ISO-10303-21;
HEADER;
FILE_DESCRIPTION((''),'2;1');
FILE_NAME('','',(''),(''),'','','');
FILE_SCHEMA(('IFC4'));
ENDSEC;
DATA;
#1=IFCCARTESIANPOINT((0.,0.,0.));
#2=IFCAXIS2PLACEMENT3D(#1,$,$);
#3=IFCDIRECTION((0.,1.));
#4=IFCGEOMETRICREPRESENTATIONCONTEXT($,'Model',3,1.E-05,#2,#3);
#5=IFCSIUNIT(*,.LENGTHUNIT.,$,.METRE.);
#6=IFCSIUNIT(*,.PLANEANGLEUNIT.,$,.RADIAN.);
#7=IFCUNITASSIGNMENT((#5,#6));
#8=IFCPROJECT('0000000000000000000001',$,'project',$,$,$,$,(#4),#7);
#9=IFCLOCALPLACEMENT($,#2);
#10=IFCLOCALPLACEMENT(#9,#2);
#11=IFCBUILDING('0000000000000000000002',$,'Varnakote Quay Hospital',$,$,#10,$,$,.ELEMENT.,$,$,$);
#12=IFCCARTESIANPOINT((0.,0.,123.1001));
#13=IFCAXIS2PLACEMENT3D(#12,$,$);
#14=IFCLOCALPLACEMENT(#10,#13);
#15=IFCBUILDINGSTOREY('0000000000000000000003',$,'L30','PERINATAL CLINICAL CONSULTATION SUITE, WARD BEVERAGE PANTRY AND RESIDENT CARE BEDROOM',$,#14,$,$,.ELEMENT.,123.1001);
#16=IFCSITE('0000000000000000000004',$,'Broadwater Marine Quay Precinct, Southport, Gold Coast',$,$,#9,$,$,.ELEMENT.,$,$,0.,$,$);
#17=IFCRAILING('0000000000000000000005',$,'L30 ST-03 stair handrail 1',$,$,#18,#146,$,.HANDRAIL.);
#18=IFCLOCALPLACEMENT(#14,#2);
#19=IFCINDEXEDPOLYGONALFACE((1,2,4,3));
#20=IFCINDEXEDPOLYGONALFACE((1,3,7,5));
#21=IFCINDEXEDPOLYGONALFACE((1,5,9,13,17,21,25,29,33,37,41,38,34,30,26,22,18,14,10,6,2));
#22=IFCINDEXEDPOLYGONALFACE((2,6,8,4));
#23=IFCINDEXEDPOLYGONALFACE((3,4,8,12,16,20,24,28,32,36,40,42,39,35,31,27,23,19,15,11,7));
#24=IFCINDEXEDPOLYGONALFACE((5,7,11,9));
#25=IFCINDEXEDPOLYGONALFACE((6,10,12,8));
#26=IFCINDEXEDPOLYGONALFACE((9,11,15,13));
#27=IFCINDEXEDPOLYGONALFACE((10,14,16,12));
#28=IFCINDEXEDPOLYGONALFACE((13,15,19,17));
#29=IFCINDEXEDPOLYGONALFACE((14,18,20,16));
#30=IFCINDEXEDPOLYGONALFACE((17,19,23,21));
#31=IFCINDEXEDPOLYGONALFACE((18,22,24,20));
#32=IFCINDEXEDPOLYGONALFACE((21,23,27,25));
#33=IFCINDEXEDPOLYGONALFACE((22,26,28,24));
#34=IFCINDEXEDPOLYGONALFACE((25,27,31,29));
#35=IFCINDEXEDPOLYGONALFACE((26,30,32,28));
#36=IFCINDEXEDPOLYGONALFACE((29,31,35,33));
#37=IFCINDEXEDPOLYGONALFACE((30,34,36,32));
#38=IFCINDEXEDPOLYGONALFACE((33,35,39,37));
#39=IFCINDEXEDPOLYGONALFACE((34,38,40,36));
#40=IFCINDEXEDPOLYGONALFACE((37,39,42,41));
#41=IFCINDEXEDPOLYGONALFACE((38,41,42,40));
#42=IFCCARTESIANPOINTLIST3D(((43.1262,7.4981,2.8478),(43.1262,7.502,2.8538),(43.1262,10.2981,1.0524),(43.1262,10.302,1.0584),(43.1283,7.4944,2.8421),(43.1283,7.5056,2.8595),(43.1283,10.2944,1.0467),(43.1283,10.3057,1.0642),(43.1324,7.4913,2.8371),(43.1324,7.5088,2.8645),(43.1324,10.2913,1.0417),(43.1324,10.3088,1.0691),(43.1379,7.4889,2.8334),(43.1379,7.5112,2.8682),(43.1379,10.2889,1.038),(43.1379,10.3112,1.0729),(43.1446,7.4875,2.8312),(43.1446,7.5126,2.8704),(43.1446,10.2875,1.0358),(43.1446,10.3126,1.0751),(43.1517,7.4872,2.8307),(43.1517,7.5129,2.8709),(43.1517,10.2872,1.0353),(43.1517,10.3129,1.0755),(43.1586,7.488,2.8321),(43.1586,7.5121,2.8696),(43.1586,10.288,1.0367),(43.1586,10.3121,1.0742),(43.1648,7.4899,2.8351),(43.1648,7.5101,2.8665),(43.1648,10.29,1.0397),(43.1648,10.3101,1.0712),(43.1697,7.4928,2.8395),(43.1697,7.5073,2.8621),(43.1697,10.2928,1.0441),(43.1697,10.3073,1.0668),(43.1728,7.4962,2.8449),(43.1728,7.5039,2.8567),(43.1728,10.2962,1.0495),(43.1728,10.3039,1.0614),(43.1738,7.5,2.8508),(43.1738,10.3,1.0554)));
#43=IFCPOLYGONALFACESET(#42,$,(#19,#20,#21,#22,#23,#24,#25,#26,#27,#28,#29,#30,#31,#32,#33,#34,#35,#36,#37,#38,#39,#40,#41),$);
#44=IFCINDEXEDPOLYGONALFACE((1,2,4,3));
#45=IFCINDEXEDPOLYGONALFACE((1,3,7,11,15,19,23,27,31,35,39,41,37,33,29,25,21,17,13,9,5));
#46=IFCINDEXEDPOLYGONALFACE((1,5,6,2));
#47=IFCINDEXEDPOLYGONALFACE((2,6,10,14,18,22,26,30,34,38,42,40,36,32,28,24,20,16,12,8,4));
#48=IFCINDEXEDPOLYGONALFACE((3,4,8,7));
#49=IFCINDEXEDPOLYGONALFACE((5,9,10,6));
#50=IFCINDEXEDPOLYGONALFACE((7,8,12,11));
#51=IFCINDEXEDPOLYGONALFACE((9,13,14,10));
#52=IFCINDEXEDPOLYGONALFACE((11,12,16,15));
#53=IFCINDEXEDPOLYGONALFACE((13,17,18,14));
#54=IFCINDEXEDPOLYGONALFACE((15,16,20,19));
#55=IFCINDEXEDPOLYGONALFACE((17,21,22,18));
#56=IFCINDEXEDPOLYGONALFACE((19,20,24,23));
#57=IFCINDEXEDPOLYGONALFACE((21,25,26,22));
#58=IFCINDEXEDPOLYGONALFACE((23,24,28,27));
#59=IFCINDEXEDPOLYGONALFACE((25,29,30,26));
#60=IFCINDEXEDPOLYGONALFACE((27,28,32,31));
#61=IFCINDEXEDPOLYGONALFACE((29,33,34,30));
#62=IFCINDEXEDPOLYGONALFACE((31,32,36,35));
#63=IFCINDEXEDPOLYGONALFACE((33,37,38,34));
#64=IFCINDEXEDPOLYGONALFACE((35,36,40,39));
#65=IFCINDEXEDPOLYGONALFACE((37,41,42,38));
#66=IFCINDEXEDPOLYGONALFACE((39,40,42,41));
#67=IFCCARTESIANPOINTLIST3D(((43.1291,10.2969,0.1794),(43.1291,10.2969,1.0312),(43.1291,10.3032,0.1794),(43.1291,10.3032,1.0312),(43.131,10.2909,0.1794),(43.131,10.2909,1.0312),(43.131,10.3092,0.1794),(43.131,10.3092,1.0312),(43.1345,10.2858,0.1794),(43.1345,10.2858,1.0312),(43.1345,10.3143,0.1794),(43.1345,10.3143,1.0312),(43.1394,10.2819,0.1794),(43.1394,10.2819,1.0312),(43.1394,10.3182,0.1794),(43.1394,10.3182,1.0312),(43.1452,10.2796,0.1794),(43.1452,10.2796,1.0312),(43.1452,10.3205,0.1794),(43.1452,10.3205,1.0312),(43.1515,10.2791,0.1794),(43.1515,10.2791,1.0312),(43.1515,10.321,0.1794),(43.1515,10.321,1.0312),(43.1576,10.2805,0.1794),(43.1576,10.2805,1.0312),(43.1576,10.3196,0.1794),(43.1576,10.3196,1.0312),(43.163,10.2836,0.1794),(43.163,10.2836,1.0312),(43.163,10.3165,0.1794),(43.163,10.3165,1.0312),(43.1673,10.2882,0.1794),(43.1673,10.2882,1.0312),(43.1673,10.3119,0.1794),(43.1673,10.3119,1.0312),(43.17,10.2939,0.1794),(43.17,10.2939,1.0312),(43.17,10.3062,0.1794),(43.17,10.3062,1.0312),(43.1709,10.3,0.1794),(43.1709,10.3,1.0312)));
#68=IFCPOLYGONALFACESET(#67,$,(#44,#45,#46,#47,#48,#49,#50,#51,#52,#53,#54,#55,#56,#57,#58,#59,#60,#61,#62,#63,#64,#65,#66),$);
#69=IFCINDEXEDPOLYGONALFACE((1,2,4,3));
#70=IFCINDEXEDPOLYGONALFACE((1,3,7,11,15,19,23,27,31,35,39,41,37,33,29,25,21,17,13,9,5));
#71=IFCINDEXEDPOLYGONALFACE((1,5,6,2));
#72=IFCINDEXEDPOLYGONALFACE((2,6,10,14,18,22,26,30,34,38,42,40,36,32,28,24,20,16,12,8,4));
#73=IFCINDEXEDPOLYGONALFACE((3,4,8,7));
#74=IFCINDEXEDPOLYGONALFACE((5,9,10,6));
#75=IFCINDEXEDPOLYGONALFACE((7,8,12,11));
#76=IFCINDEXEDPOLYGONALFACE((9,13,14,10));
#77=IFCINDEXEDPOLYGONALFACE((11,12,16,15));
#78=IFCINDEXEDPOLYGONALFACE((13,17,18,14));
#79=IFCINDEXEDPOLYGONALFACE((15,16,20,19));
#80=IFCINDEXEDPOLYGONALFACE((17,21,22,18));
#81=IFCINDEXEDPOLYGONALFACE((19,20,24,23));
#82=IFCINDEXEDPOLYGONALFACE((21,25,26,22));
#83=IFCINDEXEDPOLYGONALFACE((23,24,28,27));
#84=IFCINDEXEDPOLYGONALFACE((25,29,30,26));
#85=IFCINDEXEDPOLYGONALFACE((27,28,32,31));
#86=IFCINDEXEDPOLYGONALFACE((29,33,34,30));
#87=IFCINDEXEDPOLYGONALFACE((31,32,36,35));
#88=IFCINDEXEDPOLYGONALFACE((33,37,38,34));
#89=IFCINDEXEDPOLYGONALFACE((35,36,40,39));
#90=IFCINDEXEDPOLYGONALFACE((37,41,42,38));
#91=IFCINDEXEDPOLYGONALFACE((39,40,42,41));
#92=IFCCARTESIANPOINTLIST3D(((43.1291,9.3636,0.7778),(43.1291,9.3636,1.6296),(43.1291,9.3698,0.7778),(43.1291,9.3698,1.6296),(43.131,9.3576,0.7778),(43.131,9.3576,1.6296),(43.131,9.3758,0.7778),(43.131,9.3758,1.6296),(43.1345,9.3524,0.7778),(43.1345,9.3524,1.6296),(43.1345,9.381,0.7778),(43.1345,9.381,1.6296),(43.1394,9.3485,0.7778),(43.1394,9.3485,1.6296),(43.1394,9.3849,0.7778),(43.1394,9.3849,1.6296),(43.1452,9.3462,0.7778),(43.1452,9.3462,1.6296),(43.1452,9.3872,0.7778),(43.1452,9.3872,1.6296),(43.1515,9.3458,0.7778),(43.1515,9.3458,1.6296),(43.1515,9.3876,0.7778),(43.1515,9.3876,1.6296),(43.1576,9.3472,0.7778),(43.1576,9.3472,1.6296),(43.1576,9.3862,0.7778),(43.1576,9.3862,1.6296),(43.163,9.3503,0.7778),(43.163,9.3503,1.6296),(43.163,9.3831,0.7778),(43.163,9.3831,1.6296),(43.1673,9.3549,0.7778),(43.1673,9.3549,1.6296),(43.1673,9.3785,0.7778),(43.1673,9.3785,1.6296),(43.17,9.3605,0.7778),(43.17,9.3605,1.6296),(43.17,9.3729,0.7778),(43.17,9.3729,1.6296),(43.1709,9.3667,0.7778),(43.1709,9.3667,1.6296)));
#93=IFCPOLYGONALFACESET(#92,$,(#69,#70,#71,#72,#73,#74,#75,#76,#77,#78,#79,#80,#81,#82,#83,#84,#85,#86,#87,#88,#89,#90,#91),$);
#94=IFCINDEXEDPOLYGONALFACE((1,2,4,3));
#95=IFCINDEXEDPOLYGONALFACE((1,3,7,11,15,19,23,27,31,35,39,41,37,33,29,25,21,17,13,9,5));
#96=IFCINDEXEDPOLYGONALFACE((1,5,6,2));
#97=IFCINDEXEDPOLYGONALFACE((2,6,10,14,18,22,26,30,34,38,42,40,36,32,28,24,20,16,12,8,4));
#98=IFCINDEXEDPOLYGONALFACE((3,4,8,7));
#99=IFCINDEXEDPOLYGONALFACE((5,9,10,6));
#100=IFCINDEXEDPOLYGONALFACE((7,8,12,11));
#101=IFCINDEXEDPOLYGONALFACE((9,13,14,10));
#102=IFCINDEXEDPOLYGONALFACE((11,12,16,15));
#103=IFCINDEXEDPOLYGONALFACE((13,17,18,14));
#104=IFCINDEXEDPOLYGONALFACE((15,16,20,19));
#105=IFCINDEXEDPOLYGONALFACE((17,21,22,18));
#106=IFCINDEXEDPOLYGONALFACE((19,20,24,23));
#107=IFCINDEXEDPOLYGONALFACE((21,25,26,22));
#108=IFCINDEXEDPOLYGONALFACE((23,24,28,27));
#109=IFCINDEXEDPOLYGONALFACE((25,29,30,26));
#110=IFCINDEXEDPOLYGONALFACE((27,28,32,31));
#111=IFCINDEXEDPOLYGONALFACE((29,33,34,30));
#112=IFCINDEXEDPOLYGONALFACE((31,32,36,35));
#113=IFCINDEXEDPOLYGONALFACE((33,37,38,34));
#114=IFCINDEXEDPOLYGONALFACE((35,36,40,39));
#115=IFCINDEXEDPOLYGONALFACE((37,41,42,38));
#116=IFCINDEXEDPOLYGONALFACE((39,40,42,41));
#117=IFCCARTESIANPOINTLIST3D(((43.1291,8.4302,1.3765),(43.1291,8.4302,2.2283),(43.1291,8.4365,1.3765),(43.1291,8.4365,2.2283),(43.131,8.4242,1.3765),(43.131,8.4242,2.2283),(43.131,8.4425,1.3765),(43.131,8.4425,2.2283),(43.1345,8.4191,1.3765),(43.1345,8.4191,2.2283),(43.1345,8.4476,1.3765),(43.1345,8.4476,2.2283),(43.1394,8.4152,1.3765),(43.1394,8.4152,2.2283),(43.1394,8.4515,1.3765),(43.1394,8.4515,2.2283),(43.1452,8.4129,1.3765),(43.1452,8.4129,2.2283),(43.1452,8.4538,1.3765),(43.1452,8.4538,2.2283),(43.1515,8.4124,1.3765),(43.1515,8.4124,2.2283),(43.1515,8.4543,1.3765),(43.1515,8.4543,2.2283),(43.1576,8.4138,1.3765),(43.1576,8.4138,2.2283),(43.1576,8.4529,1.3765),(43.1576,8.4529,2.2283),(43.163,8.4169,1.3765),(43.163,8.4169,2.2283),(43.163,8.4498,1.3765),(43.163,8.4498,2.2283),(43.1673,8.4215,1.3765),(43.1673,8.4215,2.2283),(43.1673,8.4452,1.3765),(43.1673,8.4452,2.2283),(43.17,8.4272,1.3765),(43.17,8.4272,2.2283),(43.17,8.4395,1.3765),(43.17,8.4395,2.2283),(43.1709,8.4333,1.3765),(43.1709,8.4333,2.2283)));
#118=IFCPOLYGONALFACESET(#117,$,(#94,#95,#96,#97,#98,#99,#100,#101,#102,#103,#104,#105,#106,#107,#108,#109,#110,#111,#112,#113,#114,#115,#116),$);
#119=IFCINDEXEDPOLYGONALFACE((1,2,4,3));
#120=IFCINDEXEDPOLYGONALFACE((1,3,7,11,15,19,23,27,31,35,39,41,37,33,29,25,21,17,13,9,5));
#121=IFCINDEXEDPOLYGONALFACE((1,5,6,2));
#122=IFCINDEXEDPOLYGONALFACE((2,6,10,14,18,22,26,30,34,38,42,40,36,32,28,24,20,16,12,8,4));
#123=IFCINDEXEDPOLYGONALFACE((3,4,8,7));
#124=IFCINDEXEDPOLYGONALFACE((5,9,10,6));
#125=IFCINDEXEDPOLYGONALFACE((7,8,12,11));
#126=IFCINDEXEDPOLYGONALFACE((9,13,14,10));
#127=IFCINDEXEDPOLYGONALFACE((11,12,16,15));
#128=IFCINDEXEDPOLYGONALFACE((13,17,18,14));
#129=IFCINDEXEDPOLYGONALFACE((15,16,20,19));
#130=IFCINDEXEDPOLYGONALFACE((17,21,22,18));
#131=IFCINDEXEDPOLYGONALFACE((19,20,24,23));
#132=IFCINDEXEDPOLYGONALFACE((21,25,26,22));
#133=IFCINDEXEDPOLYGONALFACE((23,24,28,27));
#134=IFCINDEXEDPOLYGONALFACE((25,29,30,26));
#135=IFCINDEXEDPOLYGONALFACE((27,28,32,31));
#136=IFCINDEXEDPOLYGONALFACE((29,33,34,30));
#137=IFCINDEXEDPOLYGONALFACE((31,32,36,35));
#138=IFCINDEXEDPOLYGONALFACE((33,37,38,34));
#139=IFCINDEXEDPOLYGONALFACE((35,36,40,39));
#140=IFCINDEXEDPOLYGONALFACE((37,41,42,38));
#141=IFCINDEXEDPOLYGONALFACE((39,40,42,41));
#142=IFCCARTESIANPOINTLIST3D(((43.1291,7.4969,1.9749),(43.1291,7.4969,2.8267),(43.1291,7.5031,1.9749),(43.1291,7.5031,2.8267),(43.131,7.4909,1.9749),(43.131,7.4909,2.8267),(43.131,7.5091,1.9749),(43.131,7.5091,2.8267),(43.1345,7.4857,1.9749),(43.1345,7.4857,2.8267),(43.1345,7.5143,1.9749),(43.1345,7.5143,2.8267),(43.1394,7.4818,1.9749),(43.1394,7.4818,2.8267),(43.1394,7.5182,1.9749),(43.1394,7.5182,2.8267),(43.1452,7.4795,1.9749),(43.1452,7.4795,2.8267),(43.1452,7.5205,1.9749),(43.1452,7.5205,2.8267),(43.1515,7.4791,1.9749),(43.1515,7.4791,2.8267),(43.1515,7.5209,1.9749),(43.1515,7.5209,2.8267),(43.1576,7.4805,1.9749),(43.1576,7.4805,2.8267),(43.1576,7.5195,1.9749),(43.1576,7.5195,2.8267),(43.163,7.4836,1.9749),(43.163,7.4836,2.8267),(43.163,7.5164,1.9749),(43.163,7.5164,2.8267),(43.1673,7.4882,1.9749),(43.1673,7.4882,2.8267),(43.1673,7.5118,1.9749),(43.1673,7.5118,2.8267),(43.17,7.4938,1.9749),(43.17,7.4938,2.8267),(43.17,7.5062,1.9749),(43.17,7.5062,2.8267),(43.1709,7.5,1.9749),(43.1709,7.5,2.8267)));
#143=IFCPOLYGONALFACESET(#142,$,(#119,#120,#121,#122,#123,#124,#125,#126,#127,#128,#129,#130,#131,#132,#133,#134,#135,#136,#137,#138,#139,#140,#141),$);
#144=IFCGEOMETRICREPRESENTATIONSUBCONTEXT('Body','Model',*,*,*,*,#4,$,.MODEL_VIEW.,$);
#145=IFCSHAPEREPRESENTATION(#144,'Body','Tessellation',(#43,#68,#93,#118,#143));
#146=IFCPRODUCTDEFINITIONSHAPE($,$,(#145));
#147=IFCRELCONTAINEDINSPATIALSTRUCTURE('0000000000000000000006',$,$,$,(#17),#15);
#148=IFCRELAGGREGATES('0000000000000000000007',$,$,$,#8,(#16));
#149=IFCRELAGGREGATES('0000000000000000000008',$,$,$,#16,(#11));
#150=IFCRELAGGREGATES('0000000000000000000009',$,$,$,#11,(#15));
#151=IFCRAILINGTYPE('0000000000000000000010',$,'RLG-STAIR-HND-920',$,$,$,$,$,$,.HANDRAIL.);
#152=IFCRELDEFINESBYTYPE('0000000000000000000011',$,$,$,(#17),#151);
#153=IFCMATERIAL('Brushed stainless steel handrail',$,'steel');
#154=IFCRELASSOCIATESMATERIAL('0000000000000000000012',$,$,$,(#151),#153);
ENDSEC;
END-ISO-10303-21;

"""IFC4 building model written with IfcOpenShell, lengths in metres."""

from ifc_helpers import new_model, si_unit, direction, frame, origin, origin_2d, place, context, subcontext, project, spatial, circle, extrude, material, type_object, element, save


model = new_model("IFC4")

# Units and contexts
model_context = context("Model", 3, precision=1e-05, world=origin(), true_north=direction((0.0, 1.0)))
body_context = subcontext(model_context, "Body", "Model", "MODEL_VIEW")
ifc_project = project(units=[si_unit("LENGTHUNIT", "METRE"), si_unit("PLANEANGLEUNIT", "RADIAN")], contexts=[model_context])

# Site, building, storey
site_placement = place(None, origin())
site = spatial("IfcSite", under=ifc_project, at=site_placement, Name="Broadwater Marine Quay Precinct, Southport, Gold Coast", CompositionType="ELEMENT", RefElevation=0.0)
building_placement = place(site_placement, origin())
building = spatial("IfcBuilding", under=site, at=building_placement, Name="Varnakote Quay Hospital", CompositionType="ELEMENT")
storey_placement = place(building_placement, frame((0.0, 0.0, 123.1001)))
storey = spatial("IfcBuildingStorey", under=building, at=storey_placement, Name="L30", Description="PERINATAL CLINICAL CONSULTATION SUITE, WARD BEVERAGE PANTRY AND RESIDENT CARE BEDROOM", CompositionType="ELEMENT", Elevation=123.1001)

# Railing
ifc_material_1 = material(Name="Brushed stainless steel handrail", Category="steel")
railing_type_1 = type_object("IfcRailingType", Name="RLG-STAIR-HND-920", PredefinedType="HANDRAIL", material=ifc_material_1)
railing_1_placement = place(storey_placement, frame((43.1499, 10.3, 0.1794)))
element("IfcRailing", 1, at=railing_1_placement, inside=storey, type_object=railing_type_1, Name="L30 ST-03 stair handrail 1", PredefinedType="HANDRAIL", context=body_context, shape_type="SweptSolid", body=[
    extrude(circle(Radius=0.0239, at=origin_2d()), frame((0.0, 0.0, 0.876), z_axis=(0.0, -0.84181, 0.539774), x_axis=(1.0, 0.0, 0.0)), (0.0, 0.0, 1.0), 3.3262),
    extrude(circle(Radius=0.021, at=origin_2d()), origin(), (0.0, 0.0, 1.0), 0.8518),
    extrude(circle(Radius=0.021, at=origin_2d()), frame((0.0, -0.9333, 0.5984)), (0.0, 0.0, 1.0), 0.8518),
    extrude(circle(Radius=0.021, at=origin_2d()), frame((0.0, -1.8667, 1.197)), (0.0, 0.0, 1.0), 0.8518),
    extrude(circle(Radius=0.021, at=origin_2d()), frame((0.0, -2.8, 1.7954)), (0.0, 0.0, 1.0), 0.8518),
])

save(model, "model.ifc")
